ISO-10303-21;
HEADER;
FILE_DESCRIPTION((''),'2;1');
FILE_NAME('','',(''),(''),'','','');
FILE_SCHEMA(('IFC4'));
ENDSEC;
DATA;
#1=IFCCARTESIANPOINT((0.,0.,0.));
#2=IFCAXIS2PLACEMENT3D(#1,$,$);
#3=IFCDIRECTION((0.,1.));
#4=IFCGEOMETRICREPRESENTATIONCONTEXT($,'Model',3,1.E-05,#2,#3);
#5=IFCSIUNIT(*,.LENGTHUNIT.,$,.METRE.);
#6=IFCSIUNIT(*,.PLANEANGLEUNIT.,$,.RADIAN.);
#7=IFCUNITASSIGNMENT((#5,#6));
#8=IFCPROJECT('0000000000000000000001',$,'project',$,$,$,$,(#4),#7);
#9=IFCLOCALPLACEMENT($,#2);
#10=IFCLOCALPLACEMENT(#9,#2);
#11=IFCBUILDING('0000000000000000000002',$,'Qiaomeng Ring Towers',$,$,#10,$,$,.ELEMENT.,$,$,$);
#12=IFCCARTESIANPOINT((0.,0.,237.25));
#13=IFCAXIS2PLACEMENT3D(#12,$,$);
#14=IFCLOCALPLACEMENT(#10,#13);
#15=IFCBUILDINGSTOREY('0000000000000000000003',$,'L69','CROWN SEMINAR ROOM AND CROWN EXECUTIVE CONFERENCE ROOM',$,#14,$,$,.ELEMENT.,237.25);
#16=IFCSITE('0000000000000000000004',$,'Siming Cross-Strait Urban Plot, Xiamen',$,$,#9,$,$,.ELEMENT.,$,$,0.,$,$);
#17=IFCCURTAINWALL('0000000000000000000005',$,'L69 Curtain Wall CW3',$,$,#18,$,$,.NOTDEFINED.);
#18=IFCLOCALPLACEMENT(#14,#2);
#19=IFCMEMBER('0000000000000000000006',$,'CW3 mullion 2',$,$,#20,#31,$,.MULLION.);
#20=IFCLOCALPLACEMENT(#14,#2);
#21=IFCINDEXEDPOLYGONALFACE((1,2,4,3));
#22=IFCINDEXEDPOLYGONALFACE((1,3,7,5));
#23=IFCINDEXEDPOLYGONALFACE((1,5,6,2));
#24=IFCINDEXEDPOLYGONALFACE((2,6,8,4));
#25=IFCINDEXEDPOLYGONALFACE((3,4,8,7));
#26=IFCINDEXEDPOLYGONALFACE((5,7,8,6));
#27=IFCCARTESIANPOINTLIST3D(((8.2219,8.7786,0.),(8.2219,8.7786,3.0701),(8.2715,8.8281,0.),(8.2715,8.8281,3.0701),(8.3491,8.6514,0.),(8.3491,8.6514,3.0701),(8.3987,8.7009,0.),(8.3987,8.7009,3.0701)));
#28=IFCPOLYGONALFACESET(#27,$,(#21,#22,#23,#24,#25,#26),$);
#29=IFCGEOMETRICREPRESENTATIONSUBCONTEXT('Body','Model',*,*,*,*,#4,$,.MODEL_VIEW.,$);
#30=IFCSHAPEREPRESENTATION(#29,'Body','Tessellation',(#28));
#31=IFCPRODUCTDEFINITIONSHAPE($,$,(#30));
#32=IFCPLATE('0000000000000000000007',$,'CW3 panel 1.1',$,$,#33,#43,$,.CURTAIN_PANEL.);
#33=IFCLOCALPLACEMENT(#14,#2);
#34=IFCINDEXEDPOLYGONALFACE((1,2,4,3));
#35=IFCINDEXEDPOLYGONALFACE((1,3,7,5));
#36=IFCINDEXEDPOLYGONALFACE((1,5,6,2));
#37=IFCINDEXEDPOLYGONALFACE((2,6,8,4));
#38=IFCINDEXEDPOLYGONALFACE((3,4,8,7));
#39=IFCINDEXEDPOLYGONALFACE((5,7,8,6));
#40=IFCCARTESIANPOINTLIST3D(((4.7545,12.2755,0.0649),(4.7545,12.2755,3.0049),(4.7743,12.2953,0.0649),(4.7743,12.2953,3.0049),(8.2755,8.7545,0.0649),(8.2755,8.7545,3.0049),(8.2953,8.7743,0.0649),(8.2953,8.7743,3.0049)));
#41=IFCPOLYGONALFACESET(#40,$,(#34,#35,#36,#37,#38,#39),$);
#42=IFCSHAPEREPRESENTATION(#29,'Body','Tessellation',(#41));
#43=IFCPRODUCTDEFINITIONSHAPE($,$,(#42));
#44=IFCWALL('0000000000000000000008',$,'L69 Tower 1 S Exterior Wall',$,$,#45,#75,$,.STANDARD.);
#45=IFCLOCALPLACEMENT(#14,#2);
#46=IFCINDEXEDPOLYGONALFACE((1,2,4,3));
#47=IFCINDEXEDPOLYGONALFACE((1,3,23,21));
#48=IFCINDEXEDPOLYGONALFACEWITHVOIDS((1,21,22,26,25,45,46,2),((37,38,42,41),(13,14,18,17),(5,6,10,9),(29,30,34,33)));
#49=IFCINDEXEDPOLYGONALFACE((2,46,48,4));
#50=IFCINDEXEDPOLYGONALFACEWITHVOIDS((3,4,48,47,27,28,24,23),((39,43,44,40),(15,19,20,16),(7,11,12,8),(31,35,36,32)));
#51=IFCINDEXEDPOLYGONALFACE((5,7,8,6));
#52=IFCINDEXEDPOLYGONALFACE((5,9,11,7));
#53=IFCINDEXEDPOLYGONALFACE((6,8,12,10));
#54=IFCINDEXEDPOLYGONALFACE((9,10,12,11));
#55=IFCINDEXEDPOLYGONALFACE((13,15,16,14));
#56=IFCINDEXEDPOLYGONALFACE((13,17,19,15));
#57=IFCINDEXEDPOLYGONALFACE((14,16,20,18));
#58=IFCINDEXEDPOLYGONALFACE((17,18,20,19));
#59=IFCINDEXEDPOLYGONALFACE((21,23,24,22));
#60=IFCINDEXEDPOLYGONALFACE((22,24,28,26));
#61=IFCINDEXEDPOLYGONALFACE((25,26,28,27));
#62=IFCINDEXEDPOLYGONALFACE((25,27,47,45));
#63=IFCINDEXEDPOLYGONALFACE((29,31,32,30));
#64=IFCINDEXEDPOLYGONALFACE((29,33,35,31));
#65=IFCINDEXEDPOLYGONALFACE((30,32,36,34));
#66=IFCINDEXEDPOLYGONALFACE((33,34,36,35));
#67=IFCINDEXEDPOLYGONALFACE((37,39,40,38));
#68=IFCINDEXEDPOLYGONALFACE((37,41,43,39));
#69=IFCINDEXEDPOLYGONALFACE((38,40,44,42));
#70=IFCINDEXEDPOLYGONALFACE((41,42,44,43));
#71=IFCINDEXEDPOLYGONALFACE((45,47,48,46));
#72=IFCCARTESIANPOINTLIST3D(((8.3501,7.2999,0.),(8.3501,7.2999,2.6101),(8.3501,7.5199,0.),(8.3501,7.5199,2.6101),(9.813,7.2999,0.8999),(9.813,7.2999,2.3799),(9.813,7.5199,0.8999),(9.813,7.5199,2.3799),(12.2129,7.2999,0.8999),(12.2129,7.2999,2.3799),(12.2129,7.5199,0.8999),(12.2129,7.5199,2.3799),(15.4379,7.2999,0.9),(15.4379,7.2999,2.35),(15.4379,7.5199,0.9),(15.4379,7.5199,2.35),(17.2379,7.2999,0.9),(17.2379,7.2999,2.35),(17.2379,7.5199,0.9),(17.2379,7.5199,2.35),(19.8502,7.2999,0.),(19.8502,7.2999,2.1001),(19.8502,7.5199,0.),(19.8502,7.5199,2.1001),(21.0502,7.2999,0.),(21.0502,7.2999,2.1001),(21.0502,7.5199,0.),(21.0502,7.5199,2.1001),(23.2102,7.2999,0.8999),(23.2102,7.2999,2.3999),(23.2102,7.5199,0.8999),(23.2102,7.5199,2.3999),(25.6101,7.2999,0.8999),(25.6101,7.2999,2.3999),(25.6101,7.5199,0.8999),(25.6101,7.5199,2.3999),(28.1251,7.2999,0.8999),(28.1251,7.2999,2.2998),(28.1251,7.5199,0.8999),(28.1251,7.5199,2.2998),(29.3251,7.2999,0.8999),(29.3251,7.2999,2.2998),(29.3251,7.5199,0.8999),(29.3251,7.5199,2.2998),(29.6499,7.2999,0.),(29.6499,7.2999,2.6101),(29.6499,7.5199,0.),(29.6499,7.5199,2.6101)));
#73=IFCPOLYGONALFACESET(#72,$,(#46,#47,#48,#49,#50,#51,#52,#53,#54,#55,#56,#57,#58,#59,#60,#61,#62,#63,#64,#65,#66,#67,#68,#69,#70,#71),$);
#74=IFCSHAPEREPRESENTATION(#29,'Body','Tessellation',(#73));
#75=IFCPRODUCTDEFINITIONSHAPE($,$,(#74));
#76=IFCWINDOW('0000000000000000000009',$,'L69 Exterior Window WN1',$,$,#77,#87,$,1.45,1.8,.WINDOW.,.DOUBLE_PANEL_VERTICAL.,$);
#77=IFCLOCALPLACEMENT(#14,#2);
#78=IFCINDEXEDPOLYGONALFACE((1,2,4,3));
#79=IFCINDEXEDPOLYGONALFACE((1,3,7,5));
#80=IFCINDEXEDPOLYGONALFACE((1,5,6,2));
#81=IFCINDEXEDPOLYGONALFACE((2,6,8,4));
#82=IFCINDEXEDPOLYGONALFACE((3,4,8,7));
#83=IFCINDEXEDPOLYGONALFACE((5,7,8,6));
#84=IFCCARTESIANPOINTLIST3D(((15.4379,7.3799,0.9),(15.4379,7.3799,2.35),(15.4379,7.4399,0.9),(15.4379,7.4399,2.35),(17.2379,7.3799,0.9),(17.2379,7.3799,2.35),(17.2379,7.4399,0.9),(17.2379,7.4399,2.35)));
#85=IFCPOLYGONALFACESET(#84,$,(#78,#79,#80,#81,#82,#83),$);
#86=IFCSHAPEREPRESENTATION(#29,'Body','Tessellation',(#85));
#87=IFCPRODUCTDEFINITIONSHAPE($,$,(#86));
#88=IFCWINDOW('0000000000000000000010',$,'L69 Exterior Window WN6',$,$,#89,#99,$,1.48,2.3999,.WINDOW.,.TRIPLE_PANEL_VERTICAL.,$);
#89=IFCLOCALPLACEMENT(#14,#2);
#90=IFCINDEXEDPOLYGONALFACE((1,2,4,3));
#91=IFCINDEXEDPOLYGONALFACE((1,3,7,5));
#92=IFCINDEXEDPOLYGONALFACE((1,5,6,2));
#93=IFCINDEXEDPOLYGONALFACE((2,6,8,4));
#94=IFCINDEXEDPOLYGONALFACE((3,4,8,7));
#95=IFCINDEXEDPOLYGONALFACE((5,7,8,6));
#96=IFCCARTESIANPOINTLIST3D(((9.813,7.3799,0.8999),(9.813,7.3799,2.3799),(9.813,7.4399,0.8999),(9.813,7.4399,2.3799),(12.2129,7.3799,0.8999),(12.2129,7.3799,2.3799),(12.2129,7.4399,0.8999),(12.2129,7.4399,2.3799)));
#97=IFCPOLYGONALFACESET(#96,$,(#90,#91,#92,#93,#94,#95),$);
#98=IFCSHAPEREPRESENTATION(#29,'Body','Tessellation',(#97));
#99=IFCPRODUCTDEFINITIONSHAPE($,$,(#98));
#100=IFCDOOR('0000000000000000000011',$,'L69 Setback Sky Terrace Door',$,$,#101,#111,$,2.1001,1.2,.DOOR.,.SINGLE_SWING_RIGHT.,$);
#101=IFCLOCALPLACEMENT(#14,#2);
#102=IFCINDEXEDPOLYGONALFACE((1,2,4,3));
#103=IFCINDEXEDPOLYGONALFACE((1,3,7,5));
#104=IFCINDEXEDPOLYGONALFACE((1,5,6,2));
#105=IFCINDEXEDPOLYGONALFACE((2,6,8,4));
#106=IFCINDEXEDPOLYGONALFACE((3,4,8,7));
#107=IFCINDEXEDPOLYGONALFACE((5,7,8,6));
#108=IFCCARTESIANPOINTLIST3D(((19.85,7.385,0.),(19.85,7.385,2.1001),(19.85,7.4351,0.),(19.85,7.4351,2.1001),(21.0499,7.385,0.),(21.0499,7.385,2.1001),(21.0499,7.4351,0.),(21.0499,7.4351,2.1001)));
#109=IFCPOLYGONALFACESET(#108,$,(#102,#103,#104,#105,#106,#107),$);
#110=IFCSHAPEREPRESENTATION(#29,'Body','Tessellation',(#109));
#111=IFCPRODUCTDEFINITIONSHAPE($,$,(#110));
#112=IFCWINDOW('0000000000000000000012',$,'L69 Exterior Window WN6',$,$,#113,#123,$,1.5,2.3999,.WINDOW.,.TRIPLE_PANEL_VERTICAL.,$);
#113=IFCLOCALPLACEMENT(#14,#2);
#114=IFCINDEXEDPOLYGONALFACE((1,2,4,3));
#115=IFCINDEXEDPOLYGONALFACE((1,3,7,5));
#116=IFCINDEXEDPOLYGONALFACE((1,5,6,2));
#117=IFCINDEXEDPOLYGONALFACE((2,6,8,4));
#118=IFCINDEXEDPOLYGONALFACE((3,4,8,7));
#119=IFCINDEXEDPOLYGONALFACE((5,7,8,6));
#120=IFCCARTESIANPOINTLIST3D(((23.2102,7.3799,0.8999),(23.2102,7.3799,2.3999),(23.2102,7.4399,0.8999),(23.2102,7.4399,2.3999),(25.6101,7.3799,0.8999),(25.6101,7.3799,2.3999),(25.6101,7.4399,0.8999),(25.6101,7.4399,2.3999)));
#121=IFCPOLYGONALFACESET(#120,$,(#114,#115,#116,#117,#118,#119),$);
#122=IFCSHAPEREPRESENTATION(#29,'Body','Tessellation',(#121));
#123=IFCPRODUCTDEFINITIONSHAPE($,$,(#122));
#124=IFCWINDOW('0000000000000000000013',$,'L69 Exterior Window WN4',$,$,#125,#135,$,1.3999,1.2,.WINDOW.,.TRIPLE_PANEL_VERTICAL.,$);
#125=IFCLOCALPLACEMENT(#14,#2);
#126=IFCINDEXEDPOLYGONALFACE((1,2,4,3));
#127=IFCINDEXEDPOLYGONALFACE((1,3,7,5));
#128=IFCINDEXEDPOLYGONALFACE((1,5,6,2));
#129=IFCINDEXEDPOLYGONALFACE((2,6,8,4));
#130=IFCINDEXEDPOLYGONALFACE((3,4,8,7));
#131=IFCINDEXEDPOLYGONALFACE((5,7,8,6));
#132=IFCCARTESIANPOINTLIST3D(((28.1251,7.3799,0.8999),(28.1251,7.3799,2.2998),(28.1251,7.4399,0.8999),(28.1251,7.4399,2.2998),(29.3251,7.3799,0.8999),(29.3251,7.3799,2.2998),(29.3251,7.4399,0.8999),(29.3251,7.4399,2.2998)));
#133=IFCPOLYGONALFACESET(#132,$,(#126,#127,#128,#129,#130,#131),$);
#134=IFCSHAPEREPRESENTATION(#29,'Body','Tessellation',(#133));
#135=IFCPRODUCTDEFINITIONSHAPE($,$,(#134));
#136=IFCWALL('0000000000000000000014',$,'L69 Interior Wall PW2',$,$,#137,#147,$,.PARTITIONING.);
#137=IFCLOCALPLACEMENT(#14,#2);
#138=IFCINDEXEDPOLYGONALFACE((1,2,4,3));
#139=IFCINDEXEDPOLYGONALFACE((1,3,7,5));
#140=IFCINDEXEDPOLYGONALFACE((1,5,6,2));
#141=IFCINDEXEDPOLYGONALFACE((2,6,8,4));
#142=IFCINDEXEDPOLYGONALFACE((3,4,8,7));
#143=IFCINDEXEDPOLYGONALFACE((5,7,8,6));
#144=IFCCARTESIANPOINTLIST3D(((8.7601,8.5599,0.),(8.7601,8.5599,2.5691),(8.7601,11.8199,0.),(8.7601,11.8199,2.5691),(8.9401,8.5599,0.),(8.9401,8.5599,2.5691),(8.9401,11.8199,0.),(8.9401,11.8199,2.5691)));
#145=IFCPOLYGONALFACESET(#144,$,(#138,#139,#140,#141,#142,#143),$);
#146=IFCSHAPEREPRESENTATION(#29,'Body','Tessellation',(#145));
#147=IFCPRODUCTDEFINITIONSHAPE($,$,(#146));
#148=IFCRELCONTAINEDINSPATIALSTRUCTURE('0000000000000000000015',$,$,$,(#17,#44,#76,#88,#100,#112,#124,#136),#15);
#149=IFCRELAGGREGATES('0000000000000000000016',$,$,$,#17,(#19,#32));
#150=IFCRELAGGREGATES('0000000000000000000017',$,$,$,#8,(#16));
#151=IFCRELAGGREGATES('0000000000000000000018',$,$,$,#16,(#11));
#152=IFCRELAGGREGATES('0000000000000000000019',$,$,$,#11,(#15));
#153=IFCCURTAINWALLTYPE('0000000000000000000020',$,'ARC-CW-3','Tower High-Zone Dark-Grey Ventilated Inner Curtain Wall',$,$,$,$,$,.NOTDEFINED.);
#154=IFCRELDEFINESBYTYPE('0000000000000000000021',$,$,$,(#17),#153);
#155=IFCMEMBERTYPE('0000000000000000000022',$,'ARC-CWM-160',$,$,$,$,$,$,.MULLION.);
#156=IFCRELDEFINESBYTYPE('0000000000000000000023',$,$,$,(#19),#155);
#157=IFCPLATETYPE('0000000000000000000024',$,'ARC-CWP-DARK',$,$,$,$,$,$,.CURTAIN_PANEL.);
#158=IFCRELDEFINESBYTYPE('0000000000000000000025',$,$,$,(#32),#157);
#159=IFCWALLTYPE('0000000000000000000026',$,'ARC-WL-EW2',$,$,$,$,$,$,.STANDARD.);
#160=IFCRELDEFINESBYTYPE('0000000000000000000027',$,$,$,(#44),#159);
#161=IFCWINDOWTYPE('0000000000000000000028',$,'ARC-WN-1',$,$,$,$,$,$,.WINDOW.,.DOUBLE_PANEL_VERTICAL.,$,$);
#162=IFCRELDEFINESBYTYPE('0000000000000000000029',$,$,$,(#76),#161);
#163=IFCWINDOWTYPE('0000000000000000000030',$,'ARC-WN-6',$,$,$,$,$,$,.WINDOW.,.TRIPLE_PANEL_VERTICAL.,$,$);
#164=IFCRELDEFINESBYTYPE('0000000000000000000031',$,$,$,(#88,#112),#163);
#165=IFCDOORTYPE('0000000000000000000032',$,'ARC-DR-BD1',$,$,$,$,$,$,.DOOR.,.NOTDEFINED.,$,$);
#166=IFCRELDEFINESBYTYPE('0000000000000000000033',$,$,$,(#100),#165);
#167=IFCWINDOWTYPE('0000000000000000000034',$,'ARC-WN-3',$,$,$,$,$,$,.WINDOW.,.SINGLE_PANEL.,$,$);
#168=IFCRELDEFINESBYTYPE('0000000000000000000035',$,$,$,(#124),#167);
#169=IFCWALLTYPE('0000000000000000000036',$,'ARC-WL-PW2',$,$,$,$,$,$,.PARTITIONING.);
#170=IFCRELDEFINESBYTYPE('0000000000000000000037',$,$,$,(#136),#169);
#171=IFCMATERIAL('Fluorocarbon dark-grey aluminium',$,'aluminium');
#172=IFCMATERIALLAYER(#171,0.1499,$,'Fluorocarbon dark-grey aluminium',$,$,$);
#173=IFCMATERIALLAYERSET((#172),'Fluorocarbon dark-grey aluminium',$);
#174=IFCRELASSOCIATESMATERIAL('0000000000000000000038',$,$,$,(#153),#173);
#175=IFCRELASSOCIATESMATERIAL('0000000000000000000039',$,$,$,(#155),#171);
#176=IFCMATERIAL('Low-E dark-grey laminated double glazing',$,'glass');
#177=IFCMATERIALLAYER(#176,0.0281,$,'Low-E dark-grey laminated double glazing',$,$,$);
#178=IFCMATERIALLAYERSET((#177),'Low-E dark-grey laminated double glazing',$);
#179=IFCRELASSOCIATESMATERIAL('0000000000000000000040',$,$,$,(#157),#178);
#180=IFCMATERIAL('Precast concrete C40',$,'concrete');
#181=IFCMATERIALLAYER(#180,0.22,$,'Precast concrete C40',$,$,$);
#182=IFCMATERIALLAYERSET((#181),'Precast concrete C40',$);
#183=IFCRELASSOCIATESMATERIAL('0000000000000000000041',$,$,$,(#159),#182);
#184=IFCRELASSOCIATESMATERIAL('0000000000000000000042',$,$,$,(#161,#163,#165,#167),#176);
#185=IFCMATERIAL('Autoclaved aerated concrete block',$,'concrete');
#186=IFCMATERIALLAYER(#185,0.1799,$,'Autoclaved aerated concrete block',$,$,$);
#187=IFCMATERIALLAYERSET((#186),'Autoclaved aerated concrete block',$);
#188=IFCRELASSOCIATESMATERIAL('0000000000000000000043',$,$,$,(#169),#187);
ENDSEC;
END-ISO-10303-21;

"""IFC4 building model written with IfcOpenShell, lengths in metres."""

from ifc_helpers import new_model, si_unit, direction, frame, frame_2d, origin, origin_2d, place, context, subcontext, project, spatial, rectangle, extrude, source, transform, mapped, material, layer, layer_set, material_profile, profile_set, type_object, element, fill, aggregate, save


model = new_model("IFC4")

# Units and contexts
model_context = context("Model", 3, precision=1e-05, world=origin(), true_north=direction((0.0, 1.0)))
body_context = subcontext(model_context, "Body", "Model", "MODEL_VIEW")
ifc_project = project(units=[si_unit("LENGTHUNIT", "METRE"), si_unit("PLANEANGLEUNIT", "RADIAN")], contexts=[model_context])

# Site, building, storey
site_placement = place(None, origin())
site = spatial("IfcSite", under=ifc_project, at=site_placement, Name="Siming Cross-Strait Urban Plot, Xiamen", CompositionType="ELEMENT", RefElevation=0.0)
building_placement = place(site_placement, origin())
building = spatial("IfcBuilding", under=site, at=building_placement, Name="Qiaomeng Ring Towers", CompositionType="ELEMENT")
storey_placement = place(building_placement, frame((0.0, 0.0, 237.25)))
storey = spatial("IfcBuildingStorey", under=building, at=storey_placement, Name="L69", Description="CROWN SEMINAR ROOM AND CROWN EXECUTIVE CONFERENCE ROOM", CompositionType="ELEMENT", Elevation=237.25)

# Curtain wall, member, plate
ifc_material_1 = material(Name="Fluorocarbon dark-grey aluminium", Category="aluminium")
ifc_layer_1 = layer(ifc_material_1, 0.1499, Name="Fluorocarbon dark-grey aluminium")
ifc_layer_set_1 = layer_set([ifc_layer_1], Name="Fluorocarbon dark-grey aluminium")
curtain_wall_type = type_object("IfcCurtainWallType", Name="ARC-CW-3", Description="Tower High-Zone Dark-Grey Ventilated Inner Curtain Wall", PredefinedType="NOTDEFINED", material=ifc_layer_set_1)
curtain_wall_placement = place(storey_placement, origin())
curtain_wall = element("IfcCurtainWall", 1, at=curtain_wall_placement, inside=storey, type_object=curtain_wall_type, Name="L69 Curtain Wall CW3", PredefinedType="NOTDEFINED")
ifc_material_profile = material_profile(ifc_material_1, rectangle(XDim=0.0701, YDim=0.1799, at=origin_2d()), Name="ALU MULL 70x180")
ifc_profile_set = profile_set([ifc_material_profile], Name="Fluorocarbon dark-grey aluminium")
member_type = type_object("IfcMemberType", Name="ARC-CWM-160", PredefinedType="MULLION", material=ifc_profile_set)
shared_shape_1 = source(origin(), body_context, "Body", "SweptSolid", [
    extrude(rectangle(XDim=0.0701, YDim=0.1799, at=origin_2d()), origin(), (0.0, 0.0, 1.0), 3.0701),
])
member_placement = place(storey_placement, frame((8.3103, 8.7397, 0.0), z_axis=(0.0, 0.0, 1.0), x_axis=(0.707107, 0.707107, 0.0)))
member = element("IfcMember", 2, at=member_placement, type_object=member_type, Name="CW3 mullion 2", PredefinedType="MULLION", context=body_context, shape_type="MappedRepresentation", body=[
    mapped(shared_shape_1, transform((0.0, 0.0, 0.0), x_axis=(1.0, 0.0, 0.0), y_axis=(0.0, 1.0, 0.0), z_axis=(0.0, 0.0, 1.0), scale=1.0)),
])
ifc_material_2 = material(Name="Low-E dark-grey laminated double glazing", Category="glass")
ifc_layer_2 = layer(ifc_material_2, 0.0281, Name="Low-E dark-grey laminated double glazing")
ifc_layer_set_2 = layer_set([ifc_layer_2], Name="Low-E dark-grey laminated double glazing")
plate_type = type_object("IfcPlateType", Name="ARC-CWP-DARK", PredefinedType="CURTAIN_PANEL", material=ifc_layer_set_2)
shared_shape_2 = source(origin(), body_context, "Body", "SweptSolid", [
    extrude(rectangle(XDim=4.9795, YDim=0.0281, at=origin_2d()), origin(), (0.0, 0.0, 1.0), 2.9399),
])
plate_placement = place(storey_placement, frame((6.5249, 10.5249, 0.0649), z_axis=(0.0, 0.0, 1.0), x_axis=(0.707107, -0.707107, 0.0)))
plate = element("IfcPlate", 3, at=plate_placement, type_object=plate_type, Name="CW3 panel 1.1", PredefinedType="CURTAIN_PANEL", context=body_context, shape_type="MappedRepresentation", body=[
    mapped(shared_shape_2, transform((0.0, 0.0, 0.0), x_axis=(1.0, 0.0, 0.0), y_axis=(0.0, 1.0, 0.0), z_axis=(0.0, 0.0, 1.0), scale=1.0)),
])
aggregate(curtain_wall, [member, plate])

# Wall, openings, windows, door
ifc_material_3 = material(Name="Precast concrete C40", Category="concrete")
ifc_layer_3 = layer(ifc_material_3, 0.22, Name="Precast concrete C40")
ifc_layer_set_3 = layer_set([ifc_layer_3], Name="Precast concrete C40")
wall_type_1 = type_object("IfcWallType", Name="ARC-WL-EW2", PredefinedType="STANDARD", material=ifc_layer_set_3)
wall_1_placement = place(storey_placement, frame((8.3501, 7.4099, 0.0), z_axis=(0.0, 0.0, 1.0), x_axis=(1.0, 0.0, 0.0)))
wall_1 = element("IfcWall", 4, at=wall_1_placement, inside=storey, type_object=wall_type_1, Name="L69 Tower 1 S Exterior Wall", PredefinedType="STANDARD", context=body_context, shape_type="SweptSolid", body=[
    extrude(rectangle(XDim=21.2998, YDim=0.22, at=frame_2d((10.6499, 0.0))), origin(), (0.0, 0.0, 1.0), 2.6101),
])
opening_1_placement = place(wall_1_placement, frame((11.5, 0.0, 0.0)))
opening_1 = element("IfcOpeningElement", 5, at=opening_1_placement, cuts=wall_1, PredefinedType="OPENING", context=body_context, shape_type="SweptSolid", body=[
    extrude(rectangle(XDim=1.2, YDim=2.1001, at=frame_2d((0.6001, 1.05))), frame((0.0, 0.1199, 0.0), z_axis=(0.0, -1.0, 0.0), x_axis=(1.0, 0.0, 0.0)), (0.0, 0.0, 1.0), 0.24),
])
opening_2_placement = place(wall_1_placement, frame((1.4629, 0.0, 0.8999)))
opening_2 = element("IfcOpeningElement", 6, at=opening_2_placement, cuts=wall_1, PredefinedType="OPENING", context=body_context, shape_type="SweptSolid", body=[
    extrude(rectangle(XDim=2.3999, YDim=1.48, at=frame_2d((1.2, 0.74))), frame((0.0, 0.1199, 0.0), z_axis=(0.0, -1.0, 0.0), x_axis=(1.0, 0.0, 0.0)), (0.0, 0.0, 1.0), 0.24),
])
opening_3_placement = place(wall_1_placement, frame((7.0879, 0.0, 0.8999)))
opening_3 = element("IfcOpeningElement", 7, at=opening_3_placement, cuts=wall_1, PredefinedType="OPENING", context=body_context, shape_type="SweptSolid", body=[
    extrude(rectangle(XDim=1.8, YDim=1.45, at=frame_2d((0.8999, 0.7251))), frame((0.0, 0.1199, 0.0), z_axis=(0.0, -1.0, 0.0), x_axis=(1.0, 0.0, 0.0)), (0.0, 0.0, 1.0), 0.24),
])
opening_4_placement = place(wall_1_placement, frame((19.7749, 0.0, 0.8999)))
opening_4 = element("IfcOpeningElement", 8, at=opening_4_placement, cuts=wall_1, PredefinedType="OPENING", context=body_context, shape_type="SweptSolid", body=[
    extrude(rectangle(XDim=1.2, YDim=1.3999, at=frame_2d((0.6001, 0.7))), frame((0.0, 0.1199, 0.0), z_axis=(0.0, -1.0, 0.0), x_axis=(1.0, 0.0, 0.0)), (0.0, 0.0, 1.0), 0.24),
])
opening_5_placement = place(wall_1_placement, frame((14.8601, 0.0, 0.8999)))
opening_5 = element("IfcOpeningElement", 9, at=opening_5_placement, cuts=wall_1, PredefinedType="OPENING", context=body_context, shape_type="SweptSolid", body=[
    extrude(rectangle(XDim=2.3999, YDim=1.5, at=frame_2d((1.2, 0.75))), frame((0.0, 0.1199, 0.0), z_axis=(0.0, -1.0, 0.0), x_axis=(1.0, 0.0, 0.0)), (0.0, 0.0, 1.0), 0.24),
])
window_type_1 = type_object("IfcWindowType", Name="ARC-WN-1", PartitioningType="DOUBLE_PANEL_VERTICAL", PredefinedType="WINDOW", material=ifc_material_2)
shared_shape_3 = source(origin(), body_context, "Body", "SweptSolid", [
    extrude(rectangle(XDim=1.8, YDim=1.45, at=frame_2d((0.8999, 0.7251))), frame((0.0, 0.03, 0.0), z_axis=(0.0, -1.0, 0.0), x_axis=(1.0, 0.0, 0.0)), (0.0, 0.0, 1.0), 0.0601),
])
window_1_placement = place(opening_3_placement, origin())
window_1 = element("IfcWindow", 10, at=window_1_placement, inside=storey, type_object=window_type_1, Name="L69 Exterior Window WN1", OverallHeight=1.45, OverallWidth=1.8, PartitioningType="DOUBLE_PANEL_VERTICAL", PredefinedType="WINDOW", context=body_context, shape_type="MappedRepresentation", body=[
    mapped(shared_shape_3, transform((0.0, 0.0, 0.0), x_axis=(1.0, 0.0, 0.0), y_axis=(0.0, 1.0, 0.0), z_axis=(0.0, 0.0, 1.0), scale=1.0)),
])
fill(opening_3, window_1)
window_type_2 = type_object("IfcWindowType", Name="ARC-WN-6", PartitioningType="TRIPLE_PANEL_VERTICAL", PredefinedType="WINDOW", material=ifc_material_2)
shared_shape_4 = source(origin(), body_context, "Body", "SweptSolid", [
    extrude(rectangle(XDim=2.3999, YDim=1.48, at=frame_2d((1.2, 0.74))), frame((0.0, 0.03, 0.0), z_axis=(0.0, -1.0, 0.0), x_axis=(1.0, 0.0, 0.0)), (0.0, 0.0, 1.0), 0.0601),
])
window_2_placement = place(opening_2_placement, origin())
window_2 = element("IfcWindow", 11, at=window_2_placement, inside=storey, type_object=window_type_2, Name="L69 Exterior Window WN6", OverallHeight=1.48, OverallWidth=2.3999, PartitioningType="TRIPLE_PANEL_VERTICAL", PredefinedType="WINDOW", context=body_context, shape_type="MappedRepresentation", body=[
    mapped(shared_shape_4, transform((0.0, 0.0, 0.0), x_axis=(1.0, 0.0, 0.0), y_axis=(0.0, 1.0, 0.0), z_axis=(0.0, 0.0, 1.0), scale=1.0)),
])
fill(opening_2, window_2)
door_type_1 = type_object("IfcDoorType", Name="ARC-DR-BD1", OperationType="NOTDEFINED", PredefinedType="DOOR", material=ifc_material_2)
shared_shape_5 = source(origin(), body_context, "Body", "SweptSolid", [
    extrude(rectangle(XDim=1.2, YDim=2.1001, at=frame_2d((0.6001, 1.05))), frame((0.0, 0.0249, 0.0), z_axis=(0.0, -1.0, 0.0), x_axis=(1.0, 0.0, 0.0)), (0.0, 0.0, 1.0), 0.05),
])
door_1_placement = place(opening_1_placement, frame((1.2, 0.0, 0.0), z_axis=(0.0, 0.0, 1.0), x_axis=(-1.0, 0.0, 0.0)))
door_1 = element("IfcDoor", 12, at=door_1_placement, inside=storey, type_object=door_type_1, Name="L69 Setback Sky Terrace Door", OperationType="SINGLE_SWING_RIGHT", OverallHeight=2.1001, OverallWidth=1.2, PredefinedType="DOOR", context=body_context, shape_type="MappedRepresentation", body=[
    mapped(shared_shape_5, transform((0.0, 0.0, 0.0), x_axis=(1.0, 0.0, 0.0), y_axis=(0.0, 1.0, 0.0), z_axis=(0.0, 0.0, 1.0), scale=1.0)),
])
fill(opening_1, door_1)
shared_shape_6 = source(origin(), body_context, "Body", "SweptSolid", [
    extrude(rectangle(XDim=2.3999, YDim=1.5, at=frame_2d((1.2, 0.75))), frame((0.0, 0.03, 0.0), z_axis=(0.0, -1.0, 0.0), x_axis=(1.0, 0.0, 0.0)), (0.0, 0.0, 1.0), 0.0601),
])
window_3_placement = place(opening_5_placement, origin())
window_3 = element("IfcWindow", 13, at=window_3_placement, inside=storey, type_object=window_type_2, Name="L69 Exterior Window WN6", OverallHeight=1.5, OverallWidth=2.3999, PartitioningType="TRIPLE_PANEL_VERTICAL", PredefinedType="WINDOW", context=body_context, shape_type="MappedRepresentation", body=[
    mapped(shared_shape_6, transform((0.0, 0.0, 0.0), x_axis=(1.0, 0.0, 0.0), y_axis=(0.0, 1.0, 0.0), z_axis=(0.0, 0.0, 1.0), scale=1.0)),
])
fill(opening_5, window_3)
window_type_3 = type_object("IfcWindowType", Name="ARC-WN-3", PartitioningType="SINGLE_PANEL", PredefinedType="WINDOW", material=ifc_material_2)
shared_shape_7 = source(origin(), body_context, "Body", "SweptSolid", [
    extrude(rectangle(XDim=1.2, YDim=1.3999, at=frame_2d((0.6001, 0.7))), frame((0.0, 0.03, 0.0), z_axis=(0.0, -1.0, 0.0), x_axis=(1.0, 0.0, 0.0)), (0.0, 0.0, 1.0), 0.0601),
])
window_4_placement = place(opening_4_placement, origin())
window_4 = element("IfcWindow", 14, at=window_4_placement, inside=storey, type_object=window_type_3, Name="L69 Exterior Window WN4", OverallHeight=1.3999, OverallWidth=1.2, PartitioningType="TRIPLE_PANEL_VERTICAL", PredefinedType="WINDOW", context=body_context, shape_type="MappedRepresentation", body=[
    mapped(shared_shape_7, transform((0.0, 0.0, 0.0), x_axis=(1.0, 0.0, 0.0), y_axis=(0.0, 1.0, 0.0), z_axis=(0.0, 0.0, 1.0), scale=1.0)),
])
fill(opening_4, window_4)

# Wall
ifc_material_4 = material(Name="Autoclaved aerated concrete block", Category="concrete")
ifc_layer_4 = layer(ifc_material_4, 0.1799, Name="Autoclaved aerated concrete block")
ifc_layer_set_4 = layer_set([ifc_layer_4], Name="Autoclaved aerated concrete block")
wall_type_2 = type_object("IfcWallType", Name="ARC-WL-PW2", PredefinedType="PARTITIONING", material=ifc_layer_set_4)
wall_2_placement = place(storey_placement, frame((8.8501, 8.5601, 0.0), z_axis=(0.0, 0.0, 1.0), x_axis=(0.0, 1.0, 0.0)))
element("IfcWall", 15, at=wall_2_placement, inside=storey, type_object=wall_type_2, Name="L69 Interior Wall PW2", PredefinedType="PARTITIONING", context=body_context, shape_type="SweptSolid", body=[
    extrude(rectangle(XDim=3.26, YDim=0.1799, at=frame_2d((1.6299, 0.0))), origin(), (0.0, 0.0, 1.0), 2.5691),
])

save(model, "model.ifc")
